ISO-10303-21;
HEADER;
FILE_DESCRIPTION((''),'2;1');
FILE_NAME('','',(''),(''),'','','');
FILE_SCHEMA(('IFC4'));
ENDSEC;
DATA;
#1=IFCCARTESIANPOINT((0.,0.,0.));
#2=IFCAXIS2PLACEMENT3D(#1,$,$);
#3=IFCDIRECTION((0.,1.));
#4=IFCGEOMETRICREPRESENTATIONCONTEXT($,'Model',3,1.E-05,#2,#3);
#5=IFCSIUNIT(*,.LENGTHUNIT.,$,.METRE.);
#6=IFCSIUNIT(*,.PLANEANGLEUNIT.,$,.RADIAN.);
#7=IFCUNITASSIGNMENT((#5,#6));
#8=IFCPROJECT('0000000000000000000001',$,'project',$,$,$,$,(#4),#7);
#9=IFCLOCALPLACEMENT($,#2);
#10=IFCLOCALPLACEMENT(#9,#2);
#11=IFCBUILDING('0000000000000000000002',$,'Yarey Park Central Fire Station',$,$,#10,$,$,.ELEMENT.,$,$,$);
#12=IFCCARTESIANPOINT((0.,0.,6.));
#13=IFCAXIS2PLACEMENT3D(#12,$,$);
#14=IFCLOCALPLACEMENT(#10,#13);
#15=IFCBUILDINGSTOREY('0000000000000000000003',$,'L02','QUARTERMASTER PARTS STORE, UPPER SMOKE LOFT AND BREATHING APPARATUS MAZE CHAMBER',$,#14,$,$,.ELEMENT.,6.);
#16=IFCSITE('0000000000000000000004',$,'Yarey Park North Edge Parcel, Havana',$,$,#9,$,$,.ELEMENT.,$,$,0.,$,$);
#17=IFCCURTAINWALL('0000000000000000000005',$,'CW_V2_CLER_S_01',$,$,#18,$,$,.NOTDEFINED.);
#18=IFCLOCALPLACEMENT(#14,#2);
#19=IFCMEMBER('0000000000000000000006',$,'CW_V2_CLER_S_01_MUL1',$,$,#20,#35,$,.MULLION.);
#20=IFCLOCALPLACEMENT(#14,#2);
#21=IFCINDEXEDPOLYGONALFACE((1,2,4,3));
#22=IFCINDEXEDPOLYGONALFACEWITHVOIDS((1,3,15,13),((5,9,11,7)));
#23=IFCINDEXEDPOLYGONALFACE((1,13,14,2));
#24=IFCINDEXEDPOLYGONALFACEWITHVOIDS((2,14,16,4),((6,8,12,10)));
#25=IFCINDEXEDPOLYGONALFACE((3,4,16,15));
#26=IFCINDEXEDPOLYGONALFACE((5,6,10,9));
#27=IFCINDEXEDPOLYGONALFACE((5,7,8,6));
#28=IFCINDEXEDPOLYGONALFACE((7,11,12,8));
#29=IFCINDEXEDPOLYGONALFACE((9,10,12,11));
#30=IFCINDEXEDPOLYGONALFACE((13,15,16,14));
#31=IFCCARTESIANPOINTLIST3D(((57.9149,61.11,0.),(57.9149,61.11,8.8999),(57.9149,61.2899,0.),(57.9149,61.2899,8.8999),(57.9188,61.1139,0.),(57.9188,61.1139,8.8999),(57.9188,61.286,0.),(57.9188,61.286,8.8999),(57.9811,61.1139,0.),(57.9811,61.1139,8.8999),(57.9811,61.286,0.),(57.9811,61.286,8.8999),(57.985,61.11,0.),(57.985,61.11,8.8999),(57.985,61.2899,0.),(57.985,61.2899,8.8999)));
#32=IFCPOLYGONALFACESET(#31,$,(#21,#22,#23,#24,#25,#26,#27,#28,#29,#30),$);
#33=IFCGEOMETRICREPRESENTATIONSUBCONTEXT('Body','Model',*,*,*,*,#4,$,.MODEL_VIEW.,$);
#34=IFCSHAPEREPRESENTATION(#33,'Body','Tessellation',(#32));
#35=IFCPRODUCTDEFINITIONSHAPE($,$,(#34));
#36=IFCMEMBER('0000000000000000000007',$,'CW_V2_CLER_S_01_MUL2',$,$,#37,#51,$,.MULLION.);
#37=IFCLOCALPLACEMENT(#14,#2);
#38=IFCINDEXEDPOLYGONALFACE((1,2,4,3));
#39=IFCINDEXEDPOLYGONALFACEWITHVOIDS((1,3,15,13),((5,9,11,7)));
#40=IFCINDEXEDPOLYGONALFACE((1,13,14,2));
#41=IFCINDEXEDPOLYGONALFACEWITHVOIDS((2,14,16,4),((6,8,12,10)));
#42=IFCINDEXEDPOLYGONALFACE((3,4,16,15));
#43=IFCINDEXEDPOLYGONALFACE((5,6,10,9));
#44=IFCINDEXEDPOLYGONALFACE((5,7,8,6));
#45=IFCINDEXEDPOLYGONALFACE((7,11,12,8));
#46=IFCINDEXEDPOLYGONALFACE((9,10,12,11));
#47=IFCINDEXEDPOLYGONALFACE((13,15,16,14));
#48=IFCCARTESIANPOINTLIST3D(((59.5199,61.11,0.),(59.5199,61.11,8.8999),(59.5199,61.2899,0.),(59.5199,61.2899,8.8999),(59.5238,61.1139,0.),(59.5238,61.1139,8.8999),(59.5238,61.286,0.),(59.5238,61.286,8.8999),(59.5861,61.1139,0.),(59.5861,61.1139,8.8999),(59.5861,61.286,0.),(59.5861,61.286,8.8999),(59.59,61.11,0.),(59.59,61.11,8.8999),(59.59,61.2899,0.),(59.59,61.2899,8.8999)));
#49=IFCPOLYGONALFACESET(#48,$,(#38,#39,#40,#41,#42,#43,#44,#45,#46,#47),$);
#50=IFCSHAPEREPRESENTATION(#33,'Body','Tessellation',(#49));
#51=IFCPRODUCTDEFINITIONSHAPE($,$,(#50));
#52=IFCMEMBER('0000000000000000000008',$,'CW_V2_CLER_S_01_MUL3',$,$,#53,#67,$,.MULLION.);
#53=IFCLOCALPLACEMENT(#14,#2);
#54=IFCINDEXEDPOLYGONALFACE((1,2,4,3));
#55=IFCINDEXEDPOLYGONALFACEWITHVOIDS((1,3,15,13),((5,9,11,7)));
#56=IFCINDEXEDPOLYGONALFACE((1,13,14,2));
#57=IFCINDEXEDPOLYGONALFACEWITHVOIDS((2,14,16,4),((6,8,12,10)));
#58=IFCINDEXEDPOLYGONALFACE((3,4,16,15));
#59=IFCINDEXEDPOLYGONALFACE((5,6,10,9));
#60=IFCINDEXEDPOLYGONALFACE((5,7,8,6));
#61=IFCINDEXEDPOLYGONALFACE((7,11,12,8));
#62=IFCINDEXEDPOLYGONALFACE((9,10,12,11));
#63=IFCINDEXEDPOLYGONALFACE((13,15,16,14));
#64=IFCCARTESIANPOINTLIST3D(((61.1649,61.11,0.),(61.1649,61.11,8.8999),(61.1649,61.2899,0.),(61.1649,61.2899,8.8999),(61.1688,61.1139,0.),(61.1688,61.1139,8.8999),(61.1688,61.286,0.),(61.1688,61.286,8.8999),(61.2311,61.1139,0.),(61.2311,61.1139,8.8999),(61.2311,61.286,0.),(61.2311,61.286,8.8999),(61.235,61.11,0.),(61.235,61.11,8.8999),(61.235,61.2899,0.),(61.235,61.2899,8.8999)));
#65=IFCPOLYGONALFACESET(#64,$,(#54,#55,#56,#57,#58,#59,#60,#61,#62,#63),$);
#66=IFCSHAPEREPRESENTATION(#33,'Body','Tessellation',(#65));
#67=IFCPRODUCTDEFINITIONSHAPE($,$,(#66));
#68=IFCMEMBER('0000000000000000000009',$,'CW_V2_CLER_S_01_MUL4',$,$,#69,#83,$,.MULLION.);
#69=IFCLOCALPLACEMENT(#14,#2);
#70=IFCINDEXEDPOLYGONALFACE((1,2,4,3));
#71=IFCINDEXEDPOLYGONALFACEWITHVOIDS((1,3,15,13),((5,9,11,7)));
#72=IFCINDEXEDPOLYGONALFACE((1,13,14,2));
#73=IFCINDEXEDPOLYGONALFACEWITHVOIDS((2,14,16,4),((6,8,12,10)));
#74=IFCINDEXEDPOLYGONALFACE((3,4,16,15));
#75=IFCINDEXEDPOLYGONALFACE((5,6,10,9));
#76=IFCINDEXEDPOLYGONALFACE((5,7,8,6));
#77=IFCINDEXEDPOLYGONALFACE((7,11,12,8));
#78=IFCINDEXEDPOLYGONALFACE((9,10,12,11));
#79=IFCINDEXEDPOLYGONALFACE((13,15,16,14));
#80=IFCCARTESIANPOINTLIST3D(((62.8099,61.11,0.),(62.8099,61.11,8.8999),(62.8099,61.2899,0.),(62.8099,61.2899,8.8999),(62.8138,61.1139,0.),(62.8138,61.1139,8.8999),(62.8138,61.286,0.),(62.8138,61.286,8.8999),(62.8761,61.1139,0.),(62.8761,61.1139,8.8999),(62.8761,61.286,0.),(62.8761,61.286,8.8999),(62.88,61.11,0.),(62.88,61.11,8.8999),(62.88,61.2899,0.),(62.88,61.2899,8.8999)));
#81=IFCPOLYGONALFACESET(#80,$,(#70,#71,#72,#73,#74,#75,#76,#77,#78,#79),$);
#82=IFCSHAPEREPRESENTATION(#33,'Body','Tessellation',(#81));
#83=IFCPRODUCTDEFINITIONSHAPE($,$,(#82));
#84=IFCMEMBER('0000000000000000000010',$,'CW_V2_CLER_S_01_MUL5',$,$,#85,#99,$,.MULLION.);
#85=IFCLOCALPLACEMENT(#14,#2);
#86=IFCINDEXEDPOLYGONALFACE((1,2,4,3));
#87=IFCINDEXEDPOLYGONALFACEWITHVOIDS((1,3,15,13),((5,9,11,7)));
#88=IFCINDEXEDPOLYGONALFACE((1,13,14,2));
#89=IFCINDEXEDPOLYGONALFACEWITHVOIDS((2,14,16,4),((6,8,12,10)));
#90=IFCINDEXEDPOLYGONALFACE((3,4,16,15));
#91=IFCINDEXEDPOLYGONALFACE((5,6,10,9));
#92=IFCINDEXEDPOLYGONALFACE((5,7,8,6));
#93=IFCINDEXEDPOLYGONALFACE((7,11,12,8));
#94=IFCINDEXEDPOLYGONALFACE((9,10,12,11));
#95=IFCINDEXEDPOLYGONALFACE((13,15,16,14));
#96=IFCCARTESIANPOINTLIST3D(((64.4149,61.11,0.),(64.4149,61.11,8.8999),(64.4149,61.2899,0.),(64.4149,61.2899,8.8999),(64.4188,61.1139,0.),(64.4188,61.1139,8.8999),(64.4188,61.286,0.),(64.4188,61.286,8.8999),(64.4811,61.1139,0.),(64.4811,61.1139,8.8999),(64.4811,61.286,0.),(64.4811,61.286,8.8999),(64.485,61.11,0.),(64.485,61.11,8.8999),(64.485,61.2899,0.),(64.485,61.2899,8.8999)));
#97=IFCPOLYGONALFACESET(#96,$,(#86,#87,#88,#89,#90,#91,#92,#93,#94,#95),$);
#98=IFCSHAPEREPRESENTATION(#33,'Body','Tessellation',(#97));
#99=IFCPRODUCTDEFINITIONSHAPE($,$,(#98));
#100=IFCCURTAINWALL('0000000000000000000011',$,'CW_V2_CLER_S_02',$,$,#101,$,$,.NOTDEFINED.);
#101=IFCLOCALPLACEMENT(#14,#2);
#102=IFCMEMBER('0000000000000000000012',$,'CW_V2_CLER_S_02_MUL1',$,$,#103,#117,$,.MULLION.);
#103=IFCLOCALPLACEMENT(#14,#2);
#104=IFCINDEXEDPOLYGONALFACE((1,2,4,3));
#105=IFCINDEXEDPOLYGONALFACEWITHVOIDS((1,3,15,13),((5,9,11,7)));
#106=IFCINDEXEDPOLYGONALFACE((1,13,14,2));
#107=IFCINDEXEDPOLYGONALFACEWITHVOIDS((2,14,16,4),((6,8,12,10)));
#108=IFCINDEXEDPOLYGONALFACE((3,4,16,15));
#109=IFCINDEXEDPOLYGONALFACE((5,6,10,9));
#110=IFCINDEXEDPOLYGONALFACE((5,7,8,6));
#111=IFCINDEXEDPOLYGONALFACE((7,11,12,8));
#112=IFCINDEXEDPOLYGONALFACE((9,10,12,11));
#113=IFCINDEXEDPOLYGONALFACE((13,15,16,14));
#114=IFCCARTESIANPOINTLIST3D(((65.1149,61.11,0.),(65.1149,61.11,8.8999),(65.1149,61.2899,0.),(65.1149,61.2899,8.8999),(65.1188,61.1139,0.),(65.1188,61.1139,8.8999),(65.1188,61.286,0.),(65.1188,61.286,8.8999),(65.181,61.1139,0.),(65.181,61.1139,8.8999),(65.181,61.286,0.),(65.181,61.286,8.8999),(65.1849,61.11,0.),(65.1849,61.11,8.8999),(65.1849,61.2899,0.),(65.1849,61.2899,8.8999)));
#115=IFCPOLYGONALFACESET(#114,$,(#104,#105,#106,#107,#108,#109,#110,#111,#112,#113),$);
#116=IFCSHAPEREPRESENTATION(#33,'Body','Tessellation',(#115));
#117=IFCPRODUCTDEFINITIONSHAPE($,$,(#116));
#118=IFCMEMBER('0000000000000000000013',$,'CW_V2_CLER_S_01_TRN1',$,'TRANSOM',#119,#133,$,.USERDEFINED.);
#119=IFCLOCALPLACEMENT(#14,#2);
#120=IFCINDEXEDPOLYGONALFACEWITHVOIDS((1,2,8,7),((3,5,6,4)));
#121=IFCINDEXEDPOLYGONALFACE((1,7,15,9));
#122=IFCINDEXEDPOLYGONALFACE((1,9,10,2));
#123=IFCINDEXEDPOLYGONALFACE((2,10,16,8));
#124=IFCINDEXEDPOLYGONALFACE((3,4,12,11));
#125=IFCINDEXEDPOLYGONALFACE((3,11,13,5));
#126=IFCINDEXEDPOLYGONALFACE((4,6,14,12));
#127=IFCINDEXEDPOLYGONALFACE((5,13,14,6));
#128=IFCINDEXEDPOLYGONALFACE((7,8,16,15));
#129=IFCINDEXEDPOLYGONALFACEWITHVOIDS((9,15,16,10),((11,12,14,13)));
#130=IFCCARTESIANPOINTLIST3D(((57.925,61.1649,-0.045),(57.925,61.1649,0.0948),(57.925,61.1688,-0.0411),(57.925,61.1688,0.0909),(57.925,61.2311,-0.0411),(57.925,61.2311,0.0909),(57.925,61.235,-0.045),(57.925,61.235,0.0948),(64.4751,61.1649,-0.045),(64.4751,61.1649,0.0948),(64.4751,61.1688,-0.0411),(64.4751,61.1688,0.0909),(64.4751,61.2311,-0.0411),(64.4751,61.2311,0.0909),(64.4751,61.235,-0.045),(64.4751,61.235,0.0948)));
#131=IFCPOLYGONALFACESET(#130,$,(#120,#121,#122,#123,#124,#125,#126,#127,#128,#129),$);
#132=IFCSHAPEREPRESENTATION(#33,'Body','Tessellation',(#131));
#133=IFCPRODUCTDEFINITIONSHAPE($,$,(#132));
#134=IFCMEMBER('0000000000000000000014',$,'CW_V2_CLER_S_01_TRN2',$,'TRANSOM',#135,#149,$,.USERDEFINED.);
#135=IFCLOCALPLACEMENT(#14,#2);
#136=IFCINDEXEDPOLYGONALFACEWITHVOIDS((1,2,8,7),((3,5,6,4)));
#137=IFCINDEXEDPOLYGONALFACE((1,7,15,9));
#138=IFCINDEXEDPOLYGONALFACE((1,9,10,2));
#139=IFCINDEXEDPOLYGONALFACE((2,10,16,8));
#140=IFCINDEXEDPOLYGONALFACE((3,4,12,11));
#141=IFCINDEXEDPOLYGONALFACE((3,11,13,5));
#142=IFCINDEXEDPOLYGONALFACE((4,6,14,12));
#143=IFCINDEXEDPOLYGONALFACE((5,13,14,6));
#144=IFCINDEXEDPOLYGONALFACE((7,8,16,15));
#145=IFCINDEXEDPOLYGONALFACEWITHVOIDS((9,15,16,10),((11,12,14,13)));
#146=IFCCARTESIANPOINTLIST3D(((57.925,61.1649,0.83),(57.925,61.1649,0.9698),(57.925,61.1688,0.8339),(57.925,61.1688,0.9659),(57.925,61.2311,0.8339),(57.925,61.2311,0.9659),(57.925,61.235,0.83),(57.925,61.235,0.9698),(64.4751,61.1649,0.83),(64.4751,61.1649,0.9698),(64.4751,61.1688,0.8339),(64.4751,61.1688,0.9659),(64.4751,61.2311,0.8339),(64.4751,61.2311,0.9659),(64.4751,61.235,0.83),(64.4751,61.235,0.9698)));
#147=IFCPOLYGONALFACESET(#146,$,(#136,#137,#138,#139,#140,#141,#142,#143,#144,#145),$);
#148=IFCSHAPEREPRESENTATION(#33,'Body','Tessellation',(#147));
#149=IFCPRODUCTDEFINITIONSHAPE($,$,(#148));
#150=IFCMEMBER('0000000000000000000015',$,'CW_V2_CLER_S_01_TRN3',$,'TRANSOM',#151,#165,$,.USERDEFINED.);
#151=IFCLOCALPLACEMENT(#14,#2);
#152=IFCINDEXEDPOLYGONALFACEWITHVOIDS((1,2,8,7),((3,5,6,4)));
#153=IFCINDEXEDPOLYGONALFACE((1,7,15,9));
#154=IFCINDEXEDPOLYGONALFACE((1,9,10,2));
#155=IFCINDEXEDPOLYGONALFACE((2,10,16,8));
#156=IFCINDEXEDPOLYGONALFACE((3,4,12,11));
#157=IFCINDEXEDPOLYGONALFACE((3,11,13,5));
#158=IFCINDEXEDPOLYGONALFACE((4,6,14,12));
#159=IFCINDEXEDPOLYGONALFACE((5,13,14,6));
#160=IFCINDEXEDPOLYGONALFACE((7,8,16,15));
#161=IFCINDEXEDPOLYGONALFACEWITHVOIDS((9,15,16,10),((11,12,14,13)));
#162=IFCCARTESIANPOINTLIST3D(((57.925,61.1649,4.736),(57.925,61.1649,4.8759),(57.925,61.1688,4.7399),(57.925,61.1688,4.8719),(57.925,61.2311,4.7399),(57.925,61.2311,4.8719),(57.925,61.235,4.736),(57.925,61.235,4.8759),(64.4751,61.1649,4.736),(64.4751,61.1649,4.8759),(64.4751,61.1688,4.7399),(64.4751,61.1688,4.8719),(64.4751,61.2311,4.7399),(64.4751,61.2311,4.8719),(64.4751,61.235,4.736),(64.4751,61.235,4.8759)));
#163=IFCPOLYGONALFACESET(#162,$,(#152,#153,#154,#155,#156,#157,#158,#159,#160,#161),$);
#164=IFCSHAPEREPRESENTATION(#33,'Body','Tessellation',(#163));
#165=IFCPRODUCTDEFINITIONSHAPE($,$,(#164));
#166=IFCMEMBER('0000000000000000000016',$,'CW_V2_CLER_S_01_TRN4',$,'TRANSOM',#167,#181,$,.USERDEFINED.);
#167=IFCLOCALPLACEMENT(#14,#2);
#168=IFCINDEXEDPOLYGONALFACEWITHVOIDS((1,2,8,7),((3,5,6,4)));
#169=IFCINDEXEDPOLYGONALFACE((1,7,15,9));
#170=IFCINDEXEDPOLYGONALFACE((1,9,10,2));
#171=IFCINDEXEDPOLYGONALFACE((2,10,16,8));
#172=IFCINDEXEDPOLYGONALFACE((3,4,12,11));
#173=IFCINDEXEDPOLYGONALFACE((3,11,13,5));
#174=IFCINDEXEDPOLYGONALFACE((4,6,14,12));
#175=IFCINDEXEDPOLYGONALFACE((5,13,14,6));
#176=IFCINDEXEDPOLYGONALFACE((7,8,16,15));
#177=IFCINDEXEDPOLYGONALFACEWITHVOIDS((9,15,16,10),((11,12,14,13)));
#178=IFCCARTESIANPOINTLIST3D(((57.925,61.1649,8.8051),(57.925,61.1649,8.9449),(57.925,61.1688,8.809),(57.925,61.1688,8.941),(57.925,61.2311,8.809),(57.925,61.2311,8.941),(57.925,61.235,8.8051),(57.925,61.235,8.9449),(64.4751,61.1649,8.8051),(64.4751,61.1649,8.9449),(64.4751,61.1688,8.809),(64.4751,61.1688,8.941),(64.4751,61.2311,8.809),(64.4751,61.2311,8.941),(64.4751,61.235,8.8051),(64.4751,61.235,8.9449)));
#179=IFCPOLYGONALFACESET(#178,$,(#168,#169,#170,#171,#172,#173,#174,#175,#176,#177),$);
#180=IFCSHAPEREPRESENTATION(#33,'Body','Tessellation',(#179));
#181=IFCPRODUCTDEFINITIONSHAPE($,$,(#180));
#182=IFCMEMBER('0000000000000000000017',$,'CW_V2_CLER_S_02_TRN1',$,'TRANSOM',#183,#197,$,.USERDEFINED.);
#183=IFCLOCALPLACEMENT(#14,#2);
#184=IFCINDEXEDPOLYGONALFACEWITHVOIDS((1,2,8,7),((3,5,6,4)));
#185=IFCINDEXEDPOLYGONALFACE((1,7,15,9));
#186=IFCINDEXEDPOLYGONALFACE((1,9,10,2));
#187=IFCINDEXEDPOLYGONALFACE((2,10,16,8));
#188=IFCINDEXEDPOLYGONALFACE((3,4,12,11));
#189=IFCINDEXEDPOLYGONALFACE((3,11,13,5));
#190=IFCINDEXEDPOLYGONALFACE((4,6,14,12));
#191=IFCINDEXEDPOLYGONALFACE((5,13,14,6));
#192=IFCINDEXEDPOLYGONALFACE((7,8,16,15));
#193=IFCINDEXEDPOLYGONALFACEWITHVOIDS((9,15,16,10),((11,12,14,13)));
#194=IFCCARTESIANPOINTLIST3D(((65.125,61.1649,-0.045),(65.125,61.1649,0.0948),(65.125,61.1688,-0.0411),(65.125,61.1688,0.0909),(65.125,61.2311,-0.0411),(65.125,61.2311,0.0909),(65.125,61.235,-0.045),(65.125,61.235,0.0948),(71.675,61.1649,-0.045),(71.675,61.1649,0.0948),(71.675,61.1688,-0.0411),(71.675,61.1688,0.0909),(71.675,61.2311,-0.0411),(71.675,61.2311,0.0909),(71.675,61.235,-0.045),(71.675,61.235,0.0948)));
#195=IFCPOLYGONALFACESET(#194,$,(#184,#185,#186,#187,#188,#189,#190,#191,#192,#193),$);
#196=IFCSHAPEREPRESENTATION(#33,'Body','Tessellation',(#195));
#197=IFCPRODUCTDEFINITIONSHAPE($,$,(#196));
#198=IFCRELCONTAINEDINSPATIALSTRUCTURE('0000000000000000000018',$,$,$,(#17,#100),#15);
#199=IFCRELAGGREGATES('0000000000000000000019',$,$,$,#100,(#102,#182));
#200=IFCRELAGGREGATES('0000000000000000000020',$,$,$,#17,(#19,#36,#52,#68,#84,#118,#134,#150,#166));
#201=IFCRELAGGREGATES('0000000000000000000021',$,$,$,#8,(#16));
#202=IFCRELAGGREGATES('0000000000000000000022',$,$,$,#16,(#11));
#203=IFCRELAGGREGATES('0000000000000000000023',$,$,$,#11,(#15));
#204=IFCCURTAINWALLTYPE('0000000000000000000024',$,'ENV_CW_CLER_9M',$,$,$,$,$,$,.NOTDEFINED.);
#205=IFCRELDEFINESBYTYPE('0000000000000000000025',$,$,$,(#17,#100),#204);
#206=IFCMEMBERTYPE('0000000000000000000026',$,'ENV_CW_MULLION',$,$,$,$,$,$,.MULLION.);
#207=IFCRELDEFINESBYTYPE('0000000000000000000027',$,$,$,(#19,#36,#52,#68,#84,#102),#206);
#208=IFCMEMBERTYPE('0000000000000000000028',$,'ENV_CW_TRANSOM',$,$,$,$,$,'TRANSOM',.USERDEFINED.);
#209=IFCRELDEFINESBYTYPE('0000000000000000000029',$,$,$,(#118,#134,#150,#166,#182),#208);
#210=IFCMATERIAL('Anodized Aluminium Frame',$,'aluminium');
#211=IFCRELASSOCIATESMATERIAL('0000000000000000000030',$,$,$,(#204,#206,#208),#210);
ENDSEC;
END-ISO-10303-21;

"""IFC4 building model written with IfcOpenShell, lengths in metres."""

from ifc_helpers import new_model, si_unit, direction, frame, origin, origin_2d, place, context, subcontext, project, spatial, hollow_rectangle, extrude, material, material_profile, profile_set, type_object, element, aggregate, save


model = new_model("IFC4")

# Units and contexts
model_context = context("Model", 3, precision=1e-05, world=origin(), true_north=direction((0.0, 1.0)))
body_context = subcontext(model_context, "Body", "Model", "MODEL_VIEW")
ifc_project = project(units=[si_unit("LENGTHUNIT", "METRE"), si_unit("PLANEANGLEUNIT", "RADIAN")], contexts=[model_context])

# Site, building, storey
site_placement = place(None, origin())
site = spatial("IfcSite", under=ifc_project, at=site_placement, Name="Yarey Park North Edge Parcel, Havana", CompositionType="ELEMENT", RefElevation=0.0)
building_placement = place(site_placement, origin())
building = spatial("IfcBuilding", under=site, at=building_placement, Name="Yarey Park Central Fire Station", CompositionType="ELEMENT")
storey_placement = place(building_placement, frame((0.0, 0.0, 6.0)))
storey = spatial("IfcBuildingStorey", under=building, at=storey_placement, Name="L02", Description="QUARTERMASTER PARTS STORE, UPPER SMOKE LOFT AND BREATHING APPARATUS MAZE CHAMBER", CompositionType="ELEMENT", Elevation=6.0)

# Curtain wall, members
ifc_material_1 = material(Name="Anodized Aluminium Frame", Category="aluminium")
curtain_wall_type = type_object("IfcCurtainWallType", Name="ENV_CW_CLER_9M", PredefinedType="NOTDEFINED", material=ifc_material_1)
curtain_wall_1_placement = place(storey_placement, origin())
curtain_wall_1 = element("IfcCurtainWall", 1, at=curtain_wall_1_placement, inside=storey, type_object=curtain_wall_type, Name="CW_V2_CLER_S_01", PredefinedType="NOTDEFINED")
ifc_material_profile_1 = material_profile(ifc_material_1, hollow_rectangle(XDim=0.0701, YDim=0.1799, WallThickness=0.0039, at=origin_2d()), Name="ALU 180x70x4")
ifc_profile_set_1 = profile_set([ifc_material_profile_1], Name="Anodized Aluminium Frame")
member_type_1 = type_object("IfcMemberType", Name="ENV_CW_MULLION", PredefinedType="MULLION", material=ifc_profile_set_1)
member_1_placement = place(storey_placement, frame((57.95, 61.2, 0.0), z_axis=(0.0, 0.0, 1.0), x_axis=(1.0, 0.0, 0.0)))
member_1 = element("IfcMember", 2, at=member_1_placement, type_object=member_type_1, Name="CW_V2_CLER_S_01_MUL1", PredefinedType="MULLION", context=body_context, shape_type="SweptSolid", body=[
    extrude(hollow_rectangle(XDim=0.0701, YDim=0.1799, WallThickness=0.0039, at=origin_2d()), origin(), (0.0, 0.0, 1.0), 8.8999),
])
member_2_placement = place(storey_placement, frame((59.5549, 61.2, 0.0), z_axis=(0.0, 0.0, 1.0), x_axis=(1.0, 0.0, 0.0)))
member_2 = element("IfcMember", 3, at=member_2_placement, type_object=member_type_1, Name="CW_V2_CLER_S_01_MUL2", PredefinedType="MULLION", context=body_context, shape_type="SweptSolid", body=[
    extrude(hollow_rectangle(XDim=0.0701, YDim=0.1799, WallThickness=0.0039, at=origin_2d()), origin(), (0.0, 0.0, 1.0), 8.8999),
])
member_3_placement = place(storey_placement, frame((61.2, 61.2, 0.0), z_axis=(0.0, 0.0, 1.0), x_axis=(1.0, 0.0, 0.0)))
member_3 = element("IfcMember", 4, at=member_3_placement, type_object=member_type_1, Name="CW_V2_CLER_S_01_MUL3", PredefinedType="MULLION", context=body_context, shape_type="SweptSolid", body=[
    extrude(hollow_rectangle(XDim=0.0701, YDim=0.1799, WallThickness=0.0039, at=origin_2d()), origin(), (0.0, 0.0, 1.0), 8.8999),
])
member_4_placement = place(storey_placement, frame((62.845, 61.2, 0.0), z_axis=(0.0, 0.0, 1.0), x_axis=(1.0, 0.0, 0.0)))
member_4 = element("IfcMember", 5, at=member_4_placement, type_object=member_type_1, Name="CW_V2_CLER_S_01_MUL4", PredefinedType="MULLION", context=body_context, shape_type="SweptSolid", body=[
    extrude(hollow_rectangle(XDim=0.0701, YDim=0.1799, WallThickness=0.0039, at=origin_2d()), origin(), (0.0, 0.0, 1.0), 8.8999),
])
member_5_placement = place(storey_placement, frame((64.45, 61.2, 0.0), z_axis=(0.0, 0.0, 1.0), x_axis=(1.0, 0.0, 0.0)))
member_5 = element("IfcMember", 6, at=member_5_placement, type_object=member_type_1, Name="CW_V2_CLER_S_01_MUL5", PredefinedType="MULLION", context=body_context, shape_type="SweptSolid", body=[
    extrude(hollow_rectangle(XDim=0.0701, YDim=0.1799, WallThickness=0.0039, at=origin_2d()), origin(), (0.0, 0.0, 1.0), 8.8999),
])

# Curtain wall, member
curtain_wall_2_placement = place(storey_placement, origin())
curtain_wall_2 = element("IfcCurtainWall", 7, at=curtain_wall_2_placement, inside=storey, type_object=curtain_wall_type, Name="CW_V2_CLER_S_02", PredefinedType="NOTDEFINED")
member_6_placement = place(storey_placement, frame((65.1499, 61.2, 0.0), z_axis=(0.0, 0.0, 1.0), x_axis=(1.0, 0.0, 0.0)))
member_6 = element("IfcMember", 8, at=member_6_placement, type_object=member_type_1, Name="CW_V2_CLER_S_02_MUL1", PredefinedType="MULLION", context=body_context, shape_type="SweptSolid", body=[
    extrude(hollow_rectangle(XDim=0.0701, YDim=0.1799, WallThickness=0.0039, at=origin_2d()), origin(), (0.0, 0.0, 1.0), 8.8999),
])

# Members
ifc_material_profile_2 = material_profile(ifc_material_1, hollow_rectangle(XDim=0.0701, YDim=0.1399, WallThickness=0.0039, at=origin_2d()), Name="ALU 140x70x4")
ifc_profile_set_2 = profile_set([ifc_material_profile_2], Name="Anodized Aluminium Frame")
member_type_2 = type_object("IfcMemberType", Name="ENV_CW_TRANSOM", ElementType="TRANSOM", PredefinedType="USERDEFINED", material=ifc_profile_set_2)
member_7_placement = place(storey_placement, frame((57.925, 61.2, 0.0249), z_axis=(1.0, 0.0, 0.0), x_axis=(0.0, 1.0, 0.0)))
member_7 = element("IfcMember", 9, at=member_7_placement, type_object=member_type_2, Name="CW_V2_CLER_S_01_TRN1", ObjectType="TRANSOM", PredefinedType="USERDEFINED", context=body_context, shape_type="SweptSolid", body=[
    extrude(hollow_rectangle(XDim=0.0701, YDim=0.1399, WallThickness=0.0039, at=origin_2d()), origin(), (0.0, 0.0, 1.0), 6.55),
])
member_8_placement = place(storey_placement, frame((57.925, 61.2, 0.8999), z_axis=(1.0, 0.0, 0.0), x_axis=(0.0, 1.0, 0.0)))
member_8 = element("IfcMember", 10, at=member_8_placement, type_object=member_type_2, Name="CW_V2_CLER_S_01_TRN2", ObjectType="TRANSOM", PredefinedType="USERDEFINED", context=body_context, shape_type="SweptSolid", body=[
    extrude(hollow_rectangle(XDim=0.0701, YDim=0.1399, WallThickness=0.0039, at=origin_2d()), origin(), (0.0, 0.0, 1.0), 6.55),
])
member_9_placement = place(storey_placement, frame((57.925, 61.2, 4.8059), z_axis=(1.0, 0.0, 0.0), x_axis=(0.0, 1.0, 0.0)))
member_9 = element("IfcMember", 11, at=member_9_placement, type_object=member_type_2, Name="CW_V2_CLER_S_01_TRN3", ObjectType="TRANSOM", PredefinedType="USERDEFINED", context=body_context, shape_type="SweptSolid", body=[
    extrude(hollow_rectangle(XDim=0.0701, YDim=0.1399, WallThickness=0.0039, at=origin_2d()), origin(), (0.0, 0.0, 1.0), 6.55),
])
member_10_placement = place(storey_placement, frame((57.925, 61.2, 8.875), z_axis=(1.0, 0.0, 0.0), x_axis=(0.0, 1.0, 0.0)))
member_10 = element("IfcMember", 12, at=member_10_placement, type_object=member_type_2, Name="CW_V2_CLER_S_01_TRN4", ObjectType="TRANSOM", PredefinedType="USERDEFINED", context=body_context, shape_type="SweptSolid", body=[
    extrude(hollow_rectangle(XDim=0.0701, YDim=0.1399, WallThickness=0.0039, at=origin_2d()), origin(), (0.0, 0.0, 1.0), 6.55),
])
member_11_placement = place(storey_placement, frame((65.125, 61.2, 0.0249), z_axis=(1.0, 0.0, 0.0), x_axis=(0.0, 1.0, 0.0)))
member_11 = element("IfcMember", 13, at=member_11_placement, type_object=member_type_2, Name="CW_V2_CLER_S_02_TRN1", ObjectType="TRANSOM", PredefinedType="USERDEFINED", context=body_context, shape_type="SweptSolid", body=[
    extrude(hollow_rectangle(XDim=0.0701, YDim=0.1399, WallThickness=0.0039, at=origin_2d()), origin(), (0.0, 0.0, 1.0), 6.55),
])

aggregate(curtain_wall_2, [member_6, member_11])
aggregate(curtain_wall_1, [member_1, member_2, member_3, member_4, member_5, member_7, member_8, member_9, member_10])

save(model, "model.ifc")
